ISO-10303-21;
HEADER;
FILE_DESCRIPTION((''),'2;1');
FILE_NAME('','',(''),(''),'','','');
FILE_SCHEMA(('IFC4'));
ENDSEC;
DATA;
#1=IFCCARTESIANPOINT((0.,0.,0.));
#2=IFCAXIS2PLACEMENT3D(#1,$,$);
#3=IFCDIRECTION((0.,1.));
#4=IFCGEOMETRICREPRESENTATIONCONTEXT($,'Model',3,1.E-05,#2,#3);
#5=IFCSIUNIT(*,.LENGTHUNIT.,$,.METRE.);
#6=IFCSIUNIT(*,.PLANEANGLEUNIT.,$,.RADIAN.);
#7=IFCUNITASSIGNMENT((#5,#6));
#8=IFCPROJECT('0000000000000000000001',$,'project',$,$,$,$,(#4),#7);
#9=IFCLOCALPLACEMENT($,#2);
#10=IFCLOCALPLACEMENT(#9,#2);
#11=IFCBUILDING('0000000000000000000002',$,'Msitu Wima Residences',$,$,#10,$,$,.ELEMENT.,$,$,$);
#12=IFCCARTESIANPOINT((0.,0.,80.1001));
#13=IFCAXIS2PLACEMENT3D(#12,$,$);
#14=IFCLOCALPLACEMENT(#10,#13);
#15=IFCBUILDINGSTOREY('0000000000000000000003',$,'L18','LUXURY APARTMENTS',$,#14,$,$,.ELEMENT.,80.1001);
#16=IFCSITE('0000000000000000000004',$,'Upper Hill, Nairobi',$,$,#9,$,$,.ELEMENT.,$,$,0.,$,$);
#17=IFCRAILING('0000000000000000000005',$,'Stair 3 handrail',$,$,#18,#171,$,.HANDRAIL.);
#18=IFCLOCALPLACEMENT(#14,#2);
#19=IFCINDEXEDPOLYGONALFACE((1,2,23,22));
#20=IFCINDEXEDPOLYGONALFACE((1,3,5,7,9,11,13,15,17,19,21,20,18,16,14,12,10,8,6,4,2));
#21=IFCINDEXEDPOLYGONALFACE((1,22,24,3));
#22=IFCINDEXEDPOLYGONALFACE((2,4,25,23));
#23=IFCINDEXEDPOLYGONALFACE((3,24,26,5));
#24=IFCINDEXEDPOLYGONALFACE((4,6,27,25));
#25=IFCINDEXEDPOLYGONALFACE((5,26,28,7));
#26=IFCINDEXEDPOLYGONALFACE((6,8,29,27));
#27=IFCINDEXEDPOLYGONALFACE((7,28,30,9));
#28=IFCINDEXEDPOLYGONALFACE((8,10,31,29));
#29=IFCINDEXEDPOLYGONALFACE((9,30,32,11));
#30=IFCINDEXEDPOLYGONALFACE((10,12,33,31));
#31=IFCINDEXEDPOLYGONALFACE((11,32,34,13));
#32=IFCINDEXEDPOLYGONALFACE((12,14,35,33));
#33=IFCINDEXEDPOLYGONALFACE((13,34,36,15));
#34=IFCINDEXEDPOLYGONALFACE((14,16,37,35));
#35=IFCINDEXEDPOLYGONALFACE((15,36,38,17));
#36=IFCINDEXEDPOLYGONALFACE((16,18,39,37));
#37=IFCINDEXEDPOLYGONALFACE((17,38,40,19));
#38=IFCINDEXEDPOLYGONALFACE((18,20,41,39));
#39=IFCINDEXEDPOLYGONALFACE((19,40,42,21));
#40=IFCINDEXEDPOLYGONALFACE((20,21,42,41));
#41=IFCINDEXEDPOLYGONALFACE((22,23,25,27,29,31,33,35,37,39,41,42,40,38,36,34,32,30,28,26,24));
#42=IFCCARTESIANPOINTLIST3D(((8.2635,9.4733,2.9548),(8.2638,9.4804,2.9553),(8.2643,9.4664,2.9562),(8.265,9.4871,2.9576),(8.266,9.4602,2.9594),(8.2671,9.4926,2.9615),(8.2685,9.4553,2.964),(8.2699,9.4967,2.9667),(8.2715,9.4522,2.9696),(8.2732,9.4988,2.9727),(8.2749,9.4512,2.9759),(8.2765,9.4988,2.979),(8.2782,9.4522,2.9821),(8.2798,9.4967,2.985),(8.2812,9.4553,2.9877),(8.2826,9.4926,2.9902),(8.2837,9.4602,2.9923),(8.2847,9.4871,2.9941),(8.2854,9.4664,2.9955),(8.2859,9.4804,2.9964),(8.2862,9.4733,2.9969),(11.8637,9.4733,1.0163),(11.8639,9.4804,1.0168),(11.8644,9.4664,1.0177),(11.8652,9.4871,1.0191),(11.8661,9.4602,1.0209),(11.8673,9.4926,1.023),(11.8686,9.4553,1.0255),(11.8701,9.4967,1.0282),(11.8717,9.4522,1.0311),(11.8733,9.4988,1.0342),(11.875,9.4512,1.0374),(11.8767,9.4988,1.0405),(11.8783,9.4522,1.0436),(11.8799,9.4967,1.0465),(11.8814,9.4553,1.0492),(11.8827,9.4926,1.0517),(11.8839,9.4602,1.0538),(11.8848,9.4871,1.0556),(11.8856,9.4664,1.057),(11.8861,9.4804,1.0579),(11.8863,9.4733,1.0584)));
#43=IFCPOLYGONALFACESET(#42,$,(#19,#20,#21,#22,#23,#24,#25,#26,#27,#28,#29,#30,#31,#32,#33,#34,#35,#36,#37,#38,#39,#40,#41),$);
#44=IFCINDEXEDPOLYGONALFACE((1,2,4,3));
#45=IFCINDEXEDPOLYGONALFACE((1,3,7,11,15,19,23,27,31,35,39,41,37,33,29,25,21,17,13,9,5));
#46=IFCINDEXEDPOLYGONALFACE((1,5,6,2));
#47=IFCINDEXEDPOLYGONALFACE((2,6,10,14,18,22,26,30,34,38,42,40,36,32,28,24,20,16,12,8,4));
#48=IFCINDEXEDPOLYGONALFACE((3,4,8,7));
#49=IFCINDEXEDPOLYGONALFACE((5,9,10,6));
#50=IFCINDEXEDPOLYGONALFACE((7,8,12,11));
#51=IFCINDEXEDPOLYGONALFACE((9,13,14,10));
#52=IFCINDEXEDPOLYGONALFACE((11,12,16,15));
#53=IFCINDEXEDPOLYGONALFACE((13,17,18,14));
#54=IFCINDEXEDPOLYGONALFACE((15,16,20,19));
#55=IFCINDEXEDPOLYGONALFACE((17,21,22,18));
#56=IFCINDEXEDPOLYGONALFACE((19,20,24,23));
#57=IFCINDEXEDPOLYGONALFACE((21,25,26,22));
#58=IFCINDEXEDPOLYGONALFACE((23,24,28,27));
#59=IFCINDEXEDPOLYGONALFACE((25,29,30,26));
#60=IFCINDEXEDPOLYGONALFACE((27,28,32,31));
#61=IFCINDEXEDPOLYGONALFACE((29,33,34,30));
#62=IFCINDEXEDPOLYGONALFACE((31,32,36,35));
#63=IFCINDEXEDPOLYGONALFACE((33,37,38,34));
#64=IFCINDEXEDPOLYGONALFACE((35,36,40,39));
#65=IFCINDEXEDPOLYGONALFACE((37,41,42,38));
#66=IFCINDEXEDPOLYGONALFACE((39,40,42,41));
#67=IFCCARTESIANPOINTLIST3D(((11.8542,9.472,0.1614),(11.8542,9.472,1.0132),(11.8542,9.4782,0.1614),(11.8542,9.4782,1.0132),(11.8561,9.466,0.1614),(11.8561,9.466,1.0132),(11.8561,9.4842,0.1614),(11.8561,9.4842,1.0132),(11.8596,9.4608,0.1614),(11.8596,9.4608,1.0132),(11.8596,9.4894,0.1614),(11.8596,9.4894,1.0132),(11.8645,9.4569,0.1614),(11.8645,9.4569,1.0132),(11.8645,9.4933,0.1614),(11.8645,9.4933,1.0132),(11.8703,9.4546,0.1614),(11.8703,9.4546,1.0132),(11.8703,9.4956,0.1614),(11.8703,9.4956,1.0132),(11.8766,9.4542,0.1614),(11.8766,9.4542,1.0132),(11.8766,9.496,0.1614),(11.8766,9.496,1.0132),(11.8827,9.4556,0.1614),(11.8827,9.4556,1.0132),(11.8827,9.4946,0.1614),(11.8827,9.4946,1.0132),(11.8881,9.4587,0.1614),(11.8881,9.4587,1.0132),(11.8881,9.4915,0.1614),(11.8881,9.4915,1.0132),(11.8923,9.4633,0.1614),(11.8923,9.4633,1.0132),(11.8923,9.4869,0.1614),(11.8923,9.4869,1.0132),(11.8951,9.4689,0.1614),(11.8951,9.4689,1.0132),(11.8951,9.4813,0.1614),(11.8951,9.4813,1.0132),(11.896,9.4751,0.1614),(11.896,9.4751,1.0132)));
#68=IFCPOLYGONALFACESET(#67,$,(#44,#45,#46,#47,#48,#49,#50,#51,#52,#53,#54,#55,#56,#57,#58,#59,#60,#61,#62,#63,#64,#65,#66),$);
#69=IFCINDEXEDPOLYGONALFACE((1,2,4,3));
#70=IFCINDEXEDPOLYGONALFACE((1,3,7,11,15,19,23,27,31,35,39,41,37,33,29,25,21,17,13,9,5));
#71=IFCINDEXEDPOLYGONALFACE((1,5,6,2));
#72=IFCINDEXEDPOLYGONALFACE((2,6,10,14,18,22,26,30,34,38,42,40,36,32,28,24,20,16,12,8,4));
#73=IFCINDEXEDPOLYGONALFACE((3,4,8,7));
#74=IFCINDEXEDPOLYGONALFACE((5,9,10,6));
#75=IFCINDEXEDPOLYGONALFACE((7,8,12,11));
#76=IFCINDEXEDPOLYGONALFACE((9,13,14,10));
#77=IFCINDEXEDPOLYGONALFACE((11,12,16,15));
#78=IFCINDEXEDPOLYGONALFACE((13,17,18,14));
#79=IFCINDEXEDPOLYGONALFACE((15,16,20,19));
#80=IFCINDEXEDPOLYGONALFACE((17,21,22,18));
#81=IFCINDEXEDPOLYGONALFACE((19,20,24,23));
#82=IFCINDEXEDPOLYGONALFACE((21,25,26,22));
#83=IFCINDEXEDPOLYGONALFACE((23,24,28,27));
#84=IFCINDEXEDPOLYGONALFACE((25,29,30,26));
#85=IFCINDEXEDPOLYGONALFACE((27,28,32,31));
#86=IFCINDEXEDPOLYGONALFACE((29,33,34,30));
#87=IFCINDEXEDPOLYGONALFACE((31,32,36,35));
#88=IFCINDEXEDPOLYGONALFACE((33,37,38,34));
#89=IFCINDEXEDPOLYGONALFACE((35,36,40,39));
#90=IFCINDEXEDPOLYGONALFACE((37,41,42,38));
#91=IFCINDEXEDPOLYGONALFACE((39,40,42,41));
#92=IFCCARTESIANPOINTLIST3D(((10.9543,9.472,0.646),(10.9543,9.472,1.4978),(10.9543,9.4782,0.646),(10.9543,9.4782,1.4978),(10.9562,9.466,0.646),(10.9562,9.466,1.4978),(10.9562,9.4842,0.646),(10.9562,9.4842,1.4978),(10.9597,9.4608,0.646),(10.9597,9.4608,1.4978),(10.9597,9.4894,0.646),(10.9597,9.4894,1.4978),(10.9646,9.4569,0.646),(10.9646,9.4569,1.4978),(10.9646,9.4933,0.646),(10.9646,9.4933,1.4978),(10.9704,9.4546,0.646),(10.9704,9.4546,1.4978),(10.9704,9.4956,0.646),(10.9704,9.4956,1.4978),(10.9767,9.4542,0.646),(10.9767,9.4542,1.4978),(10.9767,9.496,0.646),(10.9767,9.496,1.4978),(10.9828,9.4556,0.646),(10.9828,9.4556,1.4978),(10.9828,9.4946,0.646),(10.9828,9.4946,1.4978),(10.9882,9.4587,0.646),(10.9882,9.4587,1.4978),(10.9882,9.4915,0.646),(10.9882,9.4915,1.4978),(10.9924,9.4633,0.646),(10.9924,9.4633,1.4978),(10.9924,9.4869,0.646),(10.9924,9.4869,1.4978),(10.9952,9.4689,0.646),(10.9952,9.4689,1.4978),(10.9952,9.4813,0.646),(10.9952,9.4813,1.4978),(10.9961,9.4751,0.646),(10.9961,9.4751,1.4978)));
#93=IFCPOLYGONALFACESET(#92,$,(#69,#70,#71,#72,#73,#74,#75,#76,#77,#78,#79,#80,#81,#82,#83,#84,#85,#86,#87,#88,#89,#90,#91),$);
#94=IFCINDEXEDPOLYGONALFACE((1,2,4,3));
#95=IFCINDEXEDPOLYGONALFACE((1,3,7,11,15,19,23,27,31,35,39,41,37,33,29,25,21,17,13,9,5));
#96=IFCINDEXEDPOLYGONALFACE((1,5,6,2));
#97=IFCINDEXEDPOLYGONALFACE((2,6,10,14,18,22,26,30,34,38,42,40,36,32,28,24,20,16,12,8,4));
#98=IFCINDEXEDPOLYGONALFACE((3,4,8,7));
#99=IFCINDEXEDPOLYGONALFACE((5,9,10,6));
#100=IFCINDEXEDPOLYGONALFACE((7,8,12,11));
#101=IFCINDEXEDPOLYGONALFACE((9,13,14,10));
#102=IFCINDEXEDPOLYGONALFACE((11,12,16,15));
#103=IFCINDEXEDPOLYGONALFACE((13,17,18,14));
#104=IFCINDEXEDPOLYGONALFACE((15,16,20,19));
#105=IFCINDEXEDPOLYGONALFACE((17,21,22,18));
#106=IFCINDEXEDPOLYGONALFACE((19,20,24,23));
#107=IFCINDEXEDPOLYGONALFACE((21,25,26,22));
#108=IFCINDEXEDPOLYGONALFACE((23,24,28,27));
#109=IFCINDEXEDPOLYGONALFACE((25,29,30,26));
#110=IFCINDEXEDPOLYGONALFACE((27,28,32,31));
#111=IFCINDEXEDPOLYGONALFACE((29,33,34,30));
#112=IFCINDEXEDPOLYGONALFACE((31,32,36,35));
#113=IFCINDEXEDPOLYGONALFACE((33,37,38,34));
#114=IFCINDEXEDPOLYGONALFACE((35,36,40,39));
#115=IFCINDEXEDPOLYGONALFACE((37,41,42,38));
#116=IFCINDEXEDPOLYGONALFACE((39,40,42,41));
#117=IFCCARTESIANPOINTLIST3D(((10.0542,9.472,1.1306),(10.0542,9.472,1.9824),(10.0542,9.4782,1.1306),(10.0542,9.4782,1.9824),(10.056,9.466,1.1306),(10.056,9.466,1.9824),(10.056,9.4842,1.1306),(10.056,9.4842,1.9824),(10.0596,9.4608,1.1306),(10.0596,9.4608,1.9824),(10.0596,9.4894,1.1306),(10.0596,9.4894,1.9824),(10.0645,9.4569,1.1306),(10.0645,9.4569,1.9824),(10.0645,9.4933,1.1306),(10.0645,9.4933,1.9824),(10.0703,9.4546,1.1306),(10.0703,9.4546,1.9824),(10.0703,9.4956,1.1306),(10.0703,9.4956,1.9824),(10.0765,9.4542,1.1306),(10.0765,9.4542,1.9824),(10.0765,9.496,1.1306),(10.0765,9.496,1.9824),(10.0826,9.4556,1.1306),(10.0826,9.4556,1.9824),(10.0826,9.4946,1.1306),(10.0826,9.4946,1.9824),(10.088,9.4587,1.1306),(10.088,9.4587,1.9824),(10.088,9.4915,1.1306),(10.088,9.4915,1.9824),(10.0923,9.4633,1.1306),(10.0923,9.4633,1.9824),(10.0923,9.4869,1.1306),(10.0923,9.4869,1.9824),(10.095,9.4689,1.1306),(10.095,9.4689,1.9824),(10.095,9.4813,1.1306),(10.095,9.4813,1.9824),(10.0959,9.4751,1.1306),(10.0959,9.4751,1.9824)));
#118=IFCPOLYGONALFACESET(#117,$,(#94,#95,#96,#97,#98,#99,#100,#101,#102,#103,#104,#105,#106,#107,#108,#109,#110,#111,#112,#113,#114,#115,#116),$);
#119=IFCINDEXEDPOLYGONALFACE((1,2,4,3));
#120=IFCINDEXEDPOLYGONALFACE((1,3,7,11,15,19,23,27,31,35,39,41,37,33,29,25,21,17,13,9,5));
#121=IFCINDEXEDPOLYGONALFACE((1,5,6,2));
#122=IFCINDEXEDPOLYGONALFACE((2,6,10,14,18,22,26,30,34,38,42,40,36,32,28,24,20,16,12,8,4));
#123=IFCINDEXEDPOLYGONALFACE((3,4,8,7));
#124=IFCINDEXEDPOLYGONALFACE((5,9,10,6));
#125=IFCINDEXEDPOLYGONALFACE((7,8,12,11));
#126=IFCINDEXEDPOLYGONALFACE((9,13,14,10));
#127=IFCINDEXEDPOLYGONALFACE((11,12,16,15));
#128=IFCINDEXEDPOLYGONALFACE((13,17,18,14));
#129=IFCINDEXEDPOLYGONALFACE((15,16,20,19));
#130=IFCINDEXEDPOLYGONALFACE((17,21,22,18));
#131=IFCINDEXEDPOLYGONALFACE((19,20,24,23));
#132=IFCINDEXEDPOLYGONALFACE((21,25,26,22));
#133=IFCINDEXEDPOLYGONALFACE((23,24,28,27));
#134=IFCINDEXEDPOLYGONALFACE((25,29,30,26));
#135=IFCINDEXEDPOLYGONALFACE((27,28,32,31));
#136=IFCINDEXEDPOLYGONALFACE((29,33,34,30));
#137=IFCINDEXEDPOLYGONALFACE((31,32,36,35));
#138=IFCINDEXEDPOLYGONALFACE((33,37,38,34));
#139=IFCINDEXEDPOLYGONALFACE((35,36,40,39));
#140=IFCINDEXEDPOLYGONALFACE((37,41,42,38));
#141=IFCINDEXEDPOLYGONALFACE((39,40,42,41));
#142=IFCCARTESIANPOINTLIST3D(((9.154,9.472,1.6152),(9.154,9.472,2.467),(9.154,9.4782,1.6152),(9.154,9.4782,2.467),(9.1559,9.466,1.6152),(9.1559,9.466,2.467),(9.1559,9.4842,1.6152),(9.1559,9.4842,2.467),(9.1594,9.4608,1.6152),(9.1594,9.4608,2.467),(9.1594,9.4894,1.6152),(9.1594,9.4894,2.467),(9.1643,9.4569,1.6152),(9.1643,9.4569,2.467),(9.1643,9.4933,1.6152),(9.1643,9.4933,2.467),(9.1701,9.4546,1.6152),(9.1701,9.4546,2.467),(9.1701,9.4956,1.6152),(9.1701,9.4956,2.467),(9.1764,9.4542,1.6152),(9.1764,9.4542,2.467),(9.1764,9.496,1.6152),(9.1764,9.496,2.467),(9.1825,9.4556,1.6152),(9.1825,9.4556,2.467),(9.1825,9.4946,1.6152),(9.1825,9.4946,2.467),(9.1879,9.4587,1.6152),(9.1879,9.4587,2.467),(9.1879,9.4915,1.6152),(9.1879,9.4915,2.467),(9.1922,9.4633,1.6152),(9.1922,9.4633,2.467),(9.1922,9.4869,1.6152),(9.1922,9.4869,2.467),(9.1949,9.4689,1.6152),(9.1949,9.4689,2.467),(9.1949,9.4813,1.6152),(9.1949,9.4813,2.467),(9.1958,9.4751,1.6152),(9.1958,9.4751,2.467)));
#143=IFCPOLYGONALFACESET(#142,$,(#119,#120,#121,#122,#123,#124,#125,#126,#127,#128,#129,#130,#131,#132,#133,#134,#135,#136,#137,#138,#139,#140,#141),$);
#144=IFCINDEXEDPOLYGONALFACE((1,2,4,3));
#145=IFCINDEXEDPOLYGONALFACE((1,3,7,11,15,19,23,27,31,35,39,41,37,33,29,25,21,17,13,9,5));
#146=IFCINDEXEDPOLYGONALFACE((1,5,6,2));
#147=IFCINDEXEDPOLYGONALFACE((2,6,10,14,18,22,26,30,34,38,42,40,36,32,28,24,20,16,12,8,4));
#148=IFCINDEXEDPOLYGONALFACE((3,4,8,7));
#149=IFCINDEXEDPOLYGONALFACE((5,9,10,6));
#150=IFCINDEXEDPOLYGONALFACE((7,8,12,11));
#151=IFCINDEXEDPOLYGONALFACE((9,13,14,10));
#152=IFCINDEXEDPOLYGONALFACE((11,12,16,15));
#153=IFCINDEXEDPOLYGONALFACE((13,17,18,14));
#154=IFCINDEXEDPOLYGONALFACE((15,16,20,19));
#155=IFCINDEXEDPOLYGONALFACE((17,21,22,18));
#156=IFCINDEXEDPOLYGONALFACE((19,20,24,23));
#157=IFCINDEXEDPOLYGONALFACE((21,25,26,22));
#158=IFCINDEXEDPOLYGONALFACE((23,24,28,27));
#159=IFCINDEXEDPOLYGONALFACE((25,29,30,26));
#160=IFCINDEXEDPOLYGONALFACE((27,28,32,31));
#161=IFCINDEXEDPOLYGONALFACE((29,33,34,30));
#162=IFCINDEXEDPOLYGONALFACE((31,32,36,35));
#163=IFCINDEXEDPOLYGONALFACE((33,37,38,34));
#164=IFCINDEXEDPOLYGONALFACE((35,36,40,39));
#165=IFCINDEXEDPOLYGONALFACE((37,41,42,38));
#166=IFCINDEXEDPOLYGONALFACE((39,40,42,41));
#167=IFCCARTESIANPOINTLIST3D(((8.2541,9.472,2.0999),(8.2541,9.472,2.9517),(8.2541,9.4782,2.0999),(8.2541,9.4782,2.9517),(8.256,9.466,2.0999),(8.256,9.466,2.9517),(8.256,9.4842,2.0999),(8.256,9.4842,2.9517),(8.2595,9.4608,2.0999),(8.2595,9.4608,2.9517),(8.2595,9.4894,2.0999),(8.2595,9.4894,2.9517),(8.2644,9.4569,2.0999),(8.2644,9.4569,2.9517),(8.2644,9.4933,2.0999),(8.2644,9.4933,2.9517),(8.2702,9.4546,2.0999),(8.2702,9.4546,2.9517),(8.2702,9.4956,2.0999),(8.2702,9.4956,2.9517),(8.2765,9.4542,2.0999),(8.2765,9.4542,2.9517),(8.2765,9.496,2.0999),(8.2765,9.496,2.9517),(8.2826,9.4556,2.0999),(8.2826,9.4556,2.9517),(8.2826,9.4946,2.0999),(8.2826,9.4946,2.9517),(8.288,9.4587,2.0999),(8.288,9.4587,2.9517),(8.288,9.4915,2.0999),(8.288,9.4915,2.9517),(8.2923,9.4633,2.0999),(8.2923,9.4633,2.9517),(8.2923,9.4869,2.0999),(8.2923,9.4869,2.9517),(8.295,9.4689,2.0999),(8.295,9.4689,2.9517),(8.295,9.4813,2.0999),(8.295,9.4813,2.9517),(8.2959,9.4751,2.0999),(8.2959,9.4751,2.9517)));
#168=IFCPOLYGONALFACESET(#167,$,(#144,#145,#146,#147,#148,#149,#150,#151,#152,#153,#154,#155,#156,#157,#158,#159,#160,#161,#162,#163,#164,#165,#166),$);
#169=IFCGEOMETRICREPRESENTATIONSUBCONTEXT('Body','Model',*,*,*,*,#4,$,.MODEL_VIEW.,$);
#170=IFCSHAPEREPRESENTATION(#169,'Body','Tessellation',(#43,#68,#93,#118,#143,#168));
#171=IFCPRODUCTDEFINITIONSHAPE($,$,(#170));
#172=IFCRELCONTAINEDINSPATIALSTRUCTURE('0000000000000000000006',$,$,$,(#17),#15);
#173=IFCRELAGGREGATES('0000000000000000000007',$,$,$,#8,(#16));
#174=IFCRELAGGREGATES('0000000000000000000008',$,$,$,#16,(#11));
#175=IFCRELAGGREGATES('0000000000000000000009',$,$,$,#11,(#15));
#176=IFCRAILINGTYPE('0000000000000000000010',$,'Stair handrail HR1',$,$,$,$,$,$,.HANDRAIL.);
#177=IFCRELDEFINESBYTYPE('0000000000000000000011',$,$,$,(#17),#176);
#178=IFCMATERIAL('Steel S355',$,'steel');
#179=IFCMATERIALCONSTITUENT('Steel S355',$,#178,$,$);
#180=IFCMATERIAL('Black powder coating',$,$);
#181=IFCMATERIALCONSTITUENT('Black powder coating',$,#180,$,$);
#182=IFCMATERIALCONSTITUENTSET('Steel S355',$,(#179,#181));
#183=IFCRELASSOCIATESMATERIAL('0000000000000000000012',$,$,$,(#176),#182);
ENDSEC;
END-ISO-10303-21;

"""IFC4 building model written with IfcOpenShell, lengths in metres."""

from ifc_helpers import new_model, si_unit, direction, frame, origin, origin_2d, place, context, subcontext, project, spatial, circle, extrude, material, constituent, constituent_set, type_object, element, save


model = new_model("IFC4")

# Units and contexts
model_context = context("Model", 3, precision=1e-05, world=origin(), true_north=direction((0.0, 1.0)))
body_context = subcontext(model_context, "Body", "Model", "MODEL_VIEW")
ifc_project = project(units=[si_unit("LENGTHUNIT", "METRE"), si_unit("PLANEANGLEUNIT", "RADIAN")], contexts=[model_context])

# Site, building, storey
site_placement = place(None, origin())
site = spatial("IfcSite", under=ifc_project, at=site_placement, Name="Upper Hill, Nairobi", CompositionType="ELEMENT", RefElevation=0.0)
building_placement = place(site_placement, origin())
building = spatial("IfcBuilding", under=site, at=building_placement, Name="Msitu Wima Residences", CompositionType="ELEMENT")
storey_placement = place(building_placement, frame((0.0, 0.0, 80.1001)))
storey = spatial("IfcBuildingStorey", under=building, at=storey_placement, Name="L18", Description="LUXURY APARTMENTS", CompositionType="ELEMENT", Elevation=80.1001)

# Railing
ifc_material_1 = material(Name="Steel S355", Category="steel")
ifc_constituent_1 = constituent(ifc_material_1, Name="Steel S355")
ifc_material_2 = material(Name="Black powder coating")
ifc_constituent_2 = constituent(ifc_material_2, Name="Black powder coating")
ifc_constituent_set = constituent_set(constituents=[ifc_constituent_1, ifc_constituent_2], Name="Steel S355")
railing_type = type_object("IfcRailingType", Name="Stair handrail HR1", PredefinedType="HANDRAIL", material=ifc_constituent_set)
for number, where, name in (
    (1, (11.875, 9.4751, 0.1614), "Stair 3 handrail"),
):
    element("IfcRailing", number, at=place(storey_placement, frame(where)), inside=storey, type_object=railing_type, Name=name, PredefinedType="HANDRAIL", context=body_context, shape_type="SweptSolid", body=[
        extrude(circle(Radius=0.0239, at=origin_2d()), frame((0.0, 0.0, 0.876), z_axis=(-0.880475, 0.0, 0.474093), x_axis=(0.0, -1.0, 0.0)), (0.0, 0.0, 1.0), 4.0889),
        extrude(circle(Radius=0.021, at=origin_2d()), origin(), (0.0, 0.0, 1.0), 0.8518),
        extrude(circle(Radius=0.021, at=origin_2d()), frame((-0.8999, 0.0, 0.4846)), (0.0, 0.0, 1.0), 0.8518),
        extrude(circle(Radius=0.021, at=origin_2d()), frame((-1.8, 0.0, 0.9692)), (0.0, 0.0, 1.0), 0.8518),
        extrude(circle(Radius=0.021, at=origin_2d()), frame((-2.7002, 0.0, 1.4539)), (0.0, 0.0, 1.0), 0.8518),
        extrude(circle(Radius=0.021, at=origin_2d()), frame((-3.6001, 0.0, 1.9385)), (0.0, 0.0, 1.0), 0.8518),
    ])

save(model, "model.ifc")
